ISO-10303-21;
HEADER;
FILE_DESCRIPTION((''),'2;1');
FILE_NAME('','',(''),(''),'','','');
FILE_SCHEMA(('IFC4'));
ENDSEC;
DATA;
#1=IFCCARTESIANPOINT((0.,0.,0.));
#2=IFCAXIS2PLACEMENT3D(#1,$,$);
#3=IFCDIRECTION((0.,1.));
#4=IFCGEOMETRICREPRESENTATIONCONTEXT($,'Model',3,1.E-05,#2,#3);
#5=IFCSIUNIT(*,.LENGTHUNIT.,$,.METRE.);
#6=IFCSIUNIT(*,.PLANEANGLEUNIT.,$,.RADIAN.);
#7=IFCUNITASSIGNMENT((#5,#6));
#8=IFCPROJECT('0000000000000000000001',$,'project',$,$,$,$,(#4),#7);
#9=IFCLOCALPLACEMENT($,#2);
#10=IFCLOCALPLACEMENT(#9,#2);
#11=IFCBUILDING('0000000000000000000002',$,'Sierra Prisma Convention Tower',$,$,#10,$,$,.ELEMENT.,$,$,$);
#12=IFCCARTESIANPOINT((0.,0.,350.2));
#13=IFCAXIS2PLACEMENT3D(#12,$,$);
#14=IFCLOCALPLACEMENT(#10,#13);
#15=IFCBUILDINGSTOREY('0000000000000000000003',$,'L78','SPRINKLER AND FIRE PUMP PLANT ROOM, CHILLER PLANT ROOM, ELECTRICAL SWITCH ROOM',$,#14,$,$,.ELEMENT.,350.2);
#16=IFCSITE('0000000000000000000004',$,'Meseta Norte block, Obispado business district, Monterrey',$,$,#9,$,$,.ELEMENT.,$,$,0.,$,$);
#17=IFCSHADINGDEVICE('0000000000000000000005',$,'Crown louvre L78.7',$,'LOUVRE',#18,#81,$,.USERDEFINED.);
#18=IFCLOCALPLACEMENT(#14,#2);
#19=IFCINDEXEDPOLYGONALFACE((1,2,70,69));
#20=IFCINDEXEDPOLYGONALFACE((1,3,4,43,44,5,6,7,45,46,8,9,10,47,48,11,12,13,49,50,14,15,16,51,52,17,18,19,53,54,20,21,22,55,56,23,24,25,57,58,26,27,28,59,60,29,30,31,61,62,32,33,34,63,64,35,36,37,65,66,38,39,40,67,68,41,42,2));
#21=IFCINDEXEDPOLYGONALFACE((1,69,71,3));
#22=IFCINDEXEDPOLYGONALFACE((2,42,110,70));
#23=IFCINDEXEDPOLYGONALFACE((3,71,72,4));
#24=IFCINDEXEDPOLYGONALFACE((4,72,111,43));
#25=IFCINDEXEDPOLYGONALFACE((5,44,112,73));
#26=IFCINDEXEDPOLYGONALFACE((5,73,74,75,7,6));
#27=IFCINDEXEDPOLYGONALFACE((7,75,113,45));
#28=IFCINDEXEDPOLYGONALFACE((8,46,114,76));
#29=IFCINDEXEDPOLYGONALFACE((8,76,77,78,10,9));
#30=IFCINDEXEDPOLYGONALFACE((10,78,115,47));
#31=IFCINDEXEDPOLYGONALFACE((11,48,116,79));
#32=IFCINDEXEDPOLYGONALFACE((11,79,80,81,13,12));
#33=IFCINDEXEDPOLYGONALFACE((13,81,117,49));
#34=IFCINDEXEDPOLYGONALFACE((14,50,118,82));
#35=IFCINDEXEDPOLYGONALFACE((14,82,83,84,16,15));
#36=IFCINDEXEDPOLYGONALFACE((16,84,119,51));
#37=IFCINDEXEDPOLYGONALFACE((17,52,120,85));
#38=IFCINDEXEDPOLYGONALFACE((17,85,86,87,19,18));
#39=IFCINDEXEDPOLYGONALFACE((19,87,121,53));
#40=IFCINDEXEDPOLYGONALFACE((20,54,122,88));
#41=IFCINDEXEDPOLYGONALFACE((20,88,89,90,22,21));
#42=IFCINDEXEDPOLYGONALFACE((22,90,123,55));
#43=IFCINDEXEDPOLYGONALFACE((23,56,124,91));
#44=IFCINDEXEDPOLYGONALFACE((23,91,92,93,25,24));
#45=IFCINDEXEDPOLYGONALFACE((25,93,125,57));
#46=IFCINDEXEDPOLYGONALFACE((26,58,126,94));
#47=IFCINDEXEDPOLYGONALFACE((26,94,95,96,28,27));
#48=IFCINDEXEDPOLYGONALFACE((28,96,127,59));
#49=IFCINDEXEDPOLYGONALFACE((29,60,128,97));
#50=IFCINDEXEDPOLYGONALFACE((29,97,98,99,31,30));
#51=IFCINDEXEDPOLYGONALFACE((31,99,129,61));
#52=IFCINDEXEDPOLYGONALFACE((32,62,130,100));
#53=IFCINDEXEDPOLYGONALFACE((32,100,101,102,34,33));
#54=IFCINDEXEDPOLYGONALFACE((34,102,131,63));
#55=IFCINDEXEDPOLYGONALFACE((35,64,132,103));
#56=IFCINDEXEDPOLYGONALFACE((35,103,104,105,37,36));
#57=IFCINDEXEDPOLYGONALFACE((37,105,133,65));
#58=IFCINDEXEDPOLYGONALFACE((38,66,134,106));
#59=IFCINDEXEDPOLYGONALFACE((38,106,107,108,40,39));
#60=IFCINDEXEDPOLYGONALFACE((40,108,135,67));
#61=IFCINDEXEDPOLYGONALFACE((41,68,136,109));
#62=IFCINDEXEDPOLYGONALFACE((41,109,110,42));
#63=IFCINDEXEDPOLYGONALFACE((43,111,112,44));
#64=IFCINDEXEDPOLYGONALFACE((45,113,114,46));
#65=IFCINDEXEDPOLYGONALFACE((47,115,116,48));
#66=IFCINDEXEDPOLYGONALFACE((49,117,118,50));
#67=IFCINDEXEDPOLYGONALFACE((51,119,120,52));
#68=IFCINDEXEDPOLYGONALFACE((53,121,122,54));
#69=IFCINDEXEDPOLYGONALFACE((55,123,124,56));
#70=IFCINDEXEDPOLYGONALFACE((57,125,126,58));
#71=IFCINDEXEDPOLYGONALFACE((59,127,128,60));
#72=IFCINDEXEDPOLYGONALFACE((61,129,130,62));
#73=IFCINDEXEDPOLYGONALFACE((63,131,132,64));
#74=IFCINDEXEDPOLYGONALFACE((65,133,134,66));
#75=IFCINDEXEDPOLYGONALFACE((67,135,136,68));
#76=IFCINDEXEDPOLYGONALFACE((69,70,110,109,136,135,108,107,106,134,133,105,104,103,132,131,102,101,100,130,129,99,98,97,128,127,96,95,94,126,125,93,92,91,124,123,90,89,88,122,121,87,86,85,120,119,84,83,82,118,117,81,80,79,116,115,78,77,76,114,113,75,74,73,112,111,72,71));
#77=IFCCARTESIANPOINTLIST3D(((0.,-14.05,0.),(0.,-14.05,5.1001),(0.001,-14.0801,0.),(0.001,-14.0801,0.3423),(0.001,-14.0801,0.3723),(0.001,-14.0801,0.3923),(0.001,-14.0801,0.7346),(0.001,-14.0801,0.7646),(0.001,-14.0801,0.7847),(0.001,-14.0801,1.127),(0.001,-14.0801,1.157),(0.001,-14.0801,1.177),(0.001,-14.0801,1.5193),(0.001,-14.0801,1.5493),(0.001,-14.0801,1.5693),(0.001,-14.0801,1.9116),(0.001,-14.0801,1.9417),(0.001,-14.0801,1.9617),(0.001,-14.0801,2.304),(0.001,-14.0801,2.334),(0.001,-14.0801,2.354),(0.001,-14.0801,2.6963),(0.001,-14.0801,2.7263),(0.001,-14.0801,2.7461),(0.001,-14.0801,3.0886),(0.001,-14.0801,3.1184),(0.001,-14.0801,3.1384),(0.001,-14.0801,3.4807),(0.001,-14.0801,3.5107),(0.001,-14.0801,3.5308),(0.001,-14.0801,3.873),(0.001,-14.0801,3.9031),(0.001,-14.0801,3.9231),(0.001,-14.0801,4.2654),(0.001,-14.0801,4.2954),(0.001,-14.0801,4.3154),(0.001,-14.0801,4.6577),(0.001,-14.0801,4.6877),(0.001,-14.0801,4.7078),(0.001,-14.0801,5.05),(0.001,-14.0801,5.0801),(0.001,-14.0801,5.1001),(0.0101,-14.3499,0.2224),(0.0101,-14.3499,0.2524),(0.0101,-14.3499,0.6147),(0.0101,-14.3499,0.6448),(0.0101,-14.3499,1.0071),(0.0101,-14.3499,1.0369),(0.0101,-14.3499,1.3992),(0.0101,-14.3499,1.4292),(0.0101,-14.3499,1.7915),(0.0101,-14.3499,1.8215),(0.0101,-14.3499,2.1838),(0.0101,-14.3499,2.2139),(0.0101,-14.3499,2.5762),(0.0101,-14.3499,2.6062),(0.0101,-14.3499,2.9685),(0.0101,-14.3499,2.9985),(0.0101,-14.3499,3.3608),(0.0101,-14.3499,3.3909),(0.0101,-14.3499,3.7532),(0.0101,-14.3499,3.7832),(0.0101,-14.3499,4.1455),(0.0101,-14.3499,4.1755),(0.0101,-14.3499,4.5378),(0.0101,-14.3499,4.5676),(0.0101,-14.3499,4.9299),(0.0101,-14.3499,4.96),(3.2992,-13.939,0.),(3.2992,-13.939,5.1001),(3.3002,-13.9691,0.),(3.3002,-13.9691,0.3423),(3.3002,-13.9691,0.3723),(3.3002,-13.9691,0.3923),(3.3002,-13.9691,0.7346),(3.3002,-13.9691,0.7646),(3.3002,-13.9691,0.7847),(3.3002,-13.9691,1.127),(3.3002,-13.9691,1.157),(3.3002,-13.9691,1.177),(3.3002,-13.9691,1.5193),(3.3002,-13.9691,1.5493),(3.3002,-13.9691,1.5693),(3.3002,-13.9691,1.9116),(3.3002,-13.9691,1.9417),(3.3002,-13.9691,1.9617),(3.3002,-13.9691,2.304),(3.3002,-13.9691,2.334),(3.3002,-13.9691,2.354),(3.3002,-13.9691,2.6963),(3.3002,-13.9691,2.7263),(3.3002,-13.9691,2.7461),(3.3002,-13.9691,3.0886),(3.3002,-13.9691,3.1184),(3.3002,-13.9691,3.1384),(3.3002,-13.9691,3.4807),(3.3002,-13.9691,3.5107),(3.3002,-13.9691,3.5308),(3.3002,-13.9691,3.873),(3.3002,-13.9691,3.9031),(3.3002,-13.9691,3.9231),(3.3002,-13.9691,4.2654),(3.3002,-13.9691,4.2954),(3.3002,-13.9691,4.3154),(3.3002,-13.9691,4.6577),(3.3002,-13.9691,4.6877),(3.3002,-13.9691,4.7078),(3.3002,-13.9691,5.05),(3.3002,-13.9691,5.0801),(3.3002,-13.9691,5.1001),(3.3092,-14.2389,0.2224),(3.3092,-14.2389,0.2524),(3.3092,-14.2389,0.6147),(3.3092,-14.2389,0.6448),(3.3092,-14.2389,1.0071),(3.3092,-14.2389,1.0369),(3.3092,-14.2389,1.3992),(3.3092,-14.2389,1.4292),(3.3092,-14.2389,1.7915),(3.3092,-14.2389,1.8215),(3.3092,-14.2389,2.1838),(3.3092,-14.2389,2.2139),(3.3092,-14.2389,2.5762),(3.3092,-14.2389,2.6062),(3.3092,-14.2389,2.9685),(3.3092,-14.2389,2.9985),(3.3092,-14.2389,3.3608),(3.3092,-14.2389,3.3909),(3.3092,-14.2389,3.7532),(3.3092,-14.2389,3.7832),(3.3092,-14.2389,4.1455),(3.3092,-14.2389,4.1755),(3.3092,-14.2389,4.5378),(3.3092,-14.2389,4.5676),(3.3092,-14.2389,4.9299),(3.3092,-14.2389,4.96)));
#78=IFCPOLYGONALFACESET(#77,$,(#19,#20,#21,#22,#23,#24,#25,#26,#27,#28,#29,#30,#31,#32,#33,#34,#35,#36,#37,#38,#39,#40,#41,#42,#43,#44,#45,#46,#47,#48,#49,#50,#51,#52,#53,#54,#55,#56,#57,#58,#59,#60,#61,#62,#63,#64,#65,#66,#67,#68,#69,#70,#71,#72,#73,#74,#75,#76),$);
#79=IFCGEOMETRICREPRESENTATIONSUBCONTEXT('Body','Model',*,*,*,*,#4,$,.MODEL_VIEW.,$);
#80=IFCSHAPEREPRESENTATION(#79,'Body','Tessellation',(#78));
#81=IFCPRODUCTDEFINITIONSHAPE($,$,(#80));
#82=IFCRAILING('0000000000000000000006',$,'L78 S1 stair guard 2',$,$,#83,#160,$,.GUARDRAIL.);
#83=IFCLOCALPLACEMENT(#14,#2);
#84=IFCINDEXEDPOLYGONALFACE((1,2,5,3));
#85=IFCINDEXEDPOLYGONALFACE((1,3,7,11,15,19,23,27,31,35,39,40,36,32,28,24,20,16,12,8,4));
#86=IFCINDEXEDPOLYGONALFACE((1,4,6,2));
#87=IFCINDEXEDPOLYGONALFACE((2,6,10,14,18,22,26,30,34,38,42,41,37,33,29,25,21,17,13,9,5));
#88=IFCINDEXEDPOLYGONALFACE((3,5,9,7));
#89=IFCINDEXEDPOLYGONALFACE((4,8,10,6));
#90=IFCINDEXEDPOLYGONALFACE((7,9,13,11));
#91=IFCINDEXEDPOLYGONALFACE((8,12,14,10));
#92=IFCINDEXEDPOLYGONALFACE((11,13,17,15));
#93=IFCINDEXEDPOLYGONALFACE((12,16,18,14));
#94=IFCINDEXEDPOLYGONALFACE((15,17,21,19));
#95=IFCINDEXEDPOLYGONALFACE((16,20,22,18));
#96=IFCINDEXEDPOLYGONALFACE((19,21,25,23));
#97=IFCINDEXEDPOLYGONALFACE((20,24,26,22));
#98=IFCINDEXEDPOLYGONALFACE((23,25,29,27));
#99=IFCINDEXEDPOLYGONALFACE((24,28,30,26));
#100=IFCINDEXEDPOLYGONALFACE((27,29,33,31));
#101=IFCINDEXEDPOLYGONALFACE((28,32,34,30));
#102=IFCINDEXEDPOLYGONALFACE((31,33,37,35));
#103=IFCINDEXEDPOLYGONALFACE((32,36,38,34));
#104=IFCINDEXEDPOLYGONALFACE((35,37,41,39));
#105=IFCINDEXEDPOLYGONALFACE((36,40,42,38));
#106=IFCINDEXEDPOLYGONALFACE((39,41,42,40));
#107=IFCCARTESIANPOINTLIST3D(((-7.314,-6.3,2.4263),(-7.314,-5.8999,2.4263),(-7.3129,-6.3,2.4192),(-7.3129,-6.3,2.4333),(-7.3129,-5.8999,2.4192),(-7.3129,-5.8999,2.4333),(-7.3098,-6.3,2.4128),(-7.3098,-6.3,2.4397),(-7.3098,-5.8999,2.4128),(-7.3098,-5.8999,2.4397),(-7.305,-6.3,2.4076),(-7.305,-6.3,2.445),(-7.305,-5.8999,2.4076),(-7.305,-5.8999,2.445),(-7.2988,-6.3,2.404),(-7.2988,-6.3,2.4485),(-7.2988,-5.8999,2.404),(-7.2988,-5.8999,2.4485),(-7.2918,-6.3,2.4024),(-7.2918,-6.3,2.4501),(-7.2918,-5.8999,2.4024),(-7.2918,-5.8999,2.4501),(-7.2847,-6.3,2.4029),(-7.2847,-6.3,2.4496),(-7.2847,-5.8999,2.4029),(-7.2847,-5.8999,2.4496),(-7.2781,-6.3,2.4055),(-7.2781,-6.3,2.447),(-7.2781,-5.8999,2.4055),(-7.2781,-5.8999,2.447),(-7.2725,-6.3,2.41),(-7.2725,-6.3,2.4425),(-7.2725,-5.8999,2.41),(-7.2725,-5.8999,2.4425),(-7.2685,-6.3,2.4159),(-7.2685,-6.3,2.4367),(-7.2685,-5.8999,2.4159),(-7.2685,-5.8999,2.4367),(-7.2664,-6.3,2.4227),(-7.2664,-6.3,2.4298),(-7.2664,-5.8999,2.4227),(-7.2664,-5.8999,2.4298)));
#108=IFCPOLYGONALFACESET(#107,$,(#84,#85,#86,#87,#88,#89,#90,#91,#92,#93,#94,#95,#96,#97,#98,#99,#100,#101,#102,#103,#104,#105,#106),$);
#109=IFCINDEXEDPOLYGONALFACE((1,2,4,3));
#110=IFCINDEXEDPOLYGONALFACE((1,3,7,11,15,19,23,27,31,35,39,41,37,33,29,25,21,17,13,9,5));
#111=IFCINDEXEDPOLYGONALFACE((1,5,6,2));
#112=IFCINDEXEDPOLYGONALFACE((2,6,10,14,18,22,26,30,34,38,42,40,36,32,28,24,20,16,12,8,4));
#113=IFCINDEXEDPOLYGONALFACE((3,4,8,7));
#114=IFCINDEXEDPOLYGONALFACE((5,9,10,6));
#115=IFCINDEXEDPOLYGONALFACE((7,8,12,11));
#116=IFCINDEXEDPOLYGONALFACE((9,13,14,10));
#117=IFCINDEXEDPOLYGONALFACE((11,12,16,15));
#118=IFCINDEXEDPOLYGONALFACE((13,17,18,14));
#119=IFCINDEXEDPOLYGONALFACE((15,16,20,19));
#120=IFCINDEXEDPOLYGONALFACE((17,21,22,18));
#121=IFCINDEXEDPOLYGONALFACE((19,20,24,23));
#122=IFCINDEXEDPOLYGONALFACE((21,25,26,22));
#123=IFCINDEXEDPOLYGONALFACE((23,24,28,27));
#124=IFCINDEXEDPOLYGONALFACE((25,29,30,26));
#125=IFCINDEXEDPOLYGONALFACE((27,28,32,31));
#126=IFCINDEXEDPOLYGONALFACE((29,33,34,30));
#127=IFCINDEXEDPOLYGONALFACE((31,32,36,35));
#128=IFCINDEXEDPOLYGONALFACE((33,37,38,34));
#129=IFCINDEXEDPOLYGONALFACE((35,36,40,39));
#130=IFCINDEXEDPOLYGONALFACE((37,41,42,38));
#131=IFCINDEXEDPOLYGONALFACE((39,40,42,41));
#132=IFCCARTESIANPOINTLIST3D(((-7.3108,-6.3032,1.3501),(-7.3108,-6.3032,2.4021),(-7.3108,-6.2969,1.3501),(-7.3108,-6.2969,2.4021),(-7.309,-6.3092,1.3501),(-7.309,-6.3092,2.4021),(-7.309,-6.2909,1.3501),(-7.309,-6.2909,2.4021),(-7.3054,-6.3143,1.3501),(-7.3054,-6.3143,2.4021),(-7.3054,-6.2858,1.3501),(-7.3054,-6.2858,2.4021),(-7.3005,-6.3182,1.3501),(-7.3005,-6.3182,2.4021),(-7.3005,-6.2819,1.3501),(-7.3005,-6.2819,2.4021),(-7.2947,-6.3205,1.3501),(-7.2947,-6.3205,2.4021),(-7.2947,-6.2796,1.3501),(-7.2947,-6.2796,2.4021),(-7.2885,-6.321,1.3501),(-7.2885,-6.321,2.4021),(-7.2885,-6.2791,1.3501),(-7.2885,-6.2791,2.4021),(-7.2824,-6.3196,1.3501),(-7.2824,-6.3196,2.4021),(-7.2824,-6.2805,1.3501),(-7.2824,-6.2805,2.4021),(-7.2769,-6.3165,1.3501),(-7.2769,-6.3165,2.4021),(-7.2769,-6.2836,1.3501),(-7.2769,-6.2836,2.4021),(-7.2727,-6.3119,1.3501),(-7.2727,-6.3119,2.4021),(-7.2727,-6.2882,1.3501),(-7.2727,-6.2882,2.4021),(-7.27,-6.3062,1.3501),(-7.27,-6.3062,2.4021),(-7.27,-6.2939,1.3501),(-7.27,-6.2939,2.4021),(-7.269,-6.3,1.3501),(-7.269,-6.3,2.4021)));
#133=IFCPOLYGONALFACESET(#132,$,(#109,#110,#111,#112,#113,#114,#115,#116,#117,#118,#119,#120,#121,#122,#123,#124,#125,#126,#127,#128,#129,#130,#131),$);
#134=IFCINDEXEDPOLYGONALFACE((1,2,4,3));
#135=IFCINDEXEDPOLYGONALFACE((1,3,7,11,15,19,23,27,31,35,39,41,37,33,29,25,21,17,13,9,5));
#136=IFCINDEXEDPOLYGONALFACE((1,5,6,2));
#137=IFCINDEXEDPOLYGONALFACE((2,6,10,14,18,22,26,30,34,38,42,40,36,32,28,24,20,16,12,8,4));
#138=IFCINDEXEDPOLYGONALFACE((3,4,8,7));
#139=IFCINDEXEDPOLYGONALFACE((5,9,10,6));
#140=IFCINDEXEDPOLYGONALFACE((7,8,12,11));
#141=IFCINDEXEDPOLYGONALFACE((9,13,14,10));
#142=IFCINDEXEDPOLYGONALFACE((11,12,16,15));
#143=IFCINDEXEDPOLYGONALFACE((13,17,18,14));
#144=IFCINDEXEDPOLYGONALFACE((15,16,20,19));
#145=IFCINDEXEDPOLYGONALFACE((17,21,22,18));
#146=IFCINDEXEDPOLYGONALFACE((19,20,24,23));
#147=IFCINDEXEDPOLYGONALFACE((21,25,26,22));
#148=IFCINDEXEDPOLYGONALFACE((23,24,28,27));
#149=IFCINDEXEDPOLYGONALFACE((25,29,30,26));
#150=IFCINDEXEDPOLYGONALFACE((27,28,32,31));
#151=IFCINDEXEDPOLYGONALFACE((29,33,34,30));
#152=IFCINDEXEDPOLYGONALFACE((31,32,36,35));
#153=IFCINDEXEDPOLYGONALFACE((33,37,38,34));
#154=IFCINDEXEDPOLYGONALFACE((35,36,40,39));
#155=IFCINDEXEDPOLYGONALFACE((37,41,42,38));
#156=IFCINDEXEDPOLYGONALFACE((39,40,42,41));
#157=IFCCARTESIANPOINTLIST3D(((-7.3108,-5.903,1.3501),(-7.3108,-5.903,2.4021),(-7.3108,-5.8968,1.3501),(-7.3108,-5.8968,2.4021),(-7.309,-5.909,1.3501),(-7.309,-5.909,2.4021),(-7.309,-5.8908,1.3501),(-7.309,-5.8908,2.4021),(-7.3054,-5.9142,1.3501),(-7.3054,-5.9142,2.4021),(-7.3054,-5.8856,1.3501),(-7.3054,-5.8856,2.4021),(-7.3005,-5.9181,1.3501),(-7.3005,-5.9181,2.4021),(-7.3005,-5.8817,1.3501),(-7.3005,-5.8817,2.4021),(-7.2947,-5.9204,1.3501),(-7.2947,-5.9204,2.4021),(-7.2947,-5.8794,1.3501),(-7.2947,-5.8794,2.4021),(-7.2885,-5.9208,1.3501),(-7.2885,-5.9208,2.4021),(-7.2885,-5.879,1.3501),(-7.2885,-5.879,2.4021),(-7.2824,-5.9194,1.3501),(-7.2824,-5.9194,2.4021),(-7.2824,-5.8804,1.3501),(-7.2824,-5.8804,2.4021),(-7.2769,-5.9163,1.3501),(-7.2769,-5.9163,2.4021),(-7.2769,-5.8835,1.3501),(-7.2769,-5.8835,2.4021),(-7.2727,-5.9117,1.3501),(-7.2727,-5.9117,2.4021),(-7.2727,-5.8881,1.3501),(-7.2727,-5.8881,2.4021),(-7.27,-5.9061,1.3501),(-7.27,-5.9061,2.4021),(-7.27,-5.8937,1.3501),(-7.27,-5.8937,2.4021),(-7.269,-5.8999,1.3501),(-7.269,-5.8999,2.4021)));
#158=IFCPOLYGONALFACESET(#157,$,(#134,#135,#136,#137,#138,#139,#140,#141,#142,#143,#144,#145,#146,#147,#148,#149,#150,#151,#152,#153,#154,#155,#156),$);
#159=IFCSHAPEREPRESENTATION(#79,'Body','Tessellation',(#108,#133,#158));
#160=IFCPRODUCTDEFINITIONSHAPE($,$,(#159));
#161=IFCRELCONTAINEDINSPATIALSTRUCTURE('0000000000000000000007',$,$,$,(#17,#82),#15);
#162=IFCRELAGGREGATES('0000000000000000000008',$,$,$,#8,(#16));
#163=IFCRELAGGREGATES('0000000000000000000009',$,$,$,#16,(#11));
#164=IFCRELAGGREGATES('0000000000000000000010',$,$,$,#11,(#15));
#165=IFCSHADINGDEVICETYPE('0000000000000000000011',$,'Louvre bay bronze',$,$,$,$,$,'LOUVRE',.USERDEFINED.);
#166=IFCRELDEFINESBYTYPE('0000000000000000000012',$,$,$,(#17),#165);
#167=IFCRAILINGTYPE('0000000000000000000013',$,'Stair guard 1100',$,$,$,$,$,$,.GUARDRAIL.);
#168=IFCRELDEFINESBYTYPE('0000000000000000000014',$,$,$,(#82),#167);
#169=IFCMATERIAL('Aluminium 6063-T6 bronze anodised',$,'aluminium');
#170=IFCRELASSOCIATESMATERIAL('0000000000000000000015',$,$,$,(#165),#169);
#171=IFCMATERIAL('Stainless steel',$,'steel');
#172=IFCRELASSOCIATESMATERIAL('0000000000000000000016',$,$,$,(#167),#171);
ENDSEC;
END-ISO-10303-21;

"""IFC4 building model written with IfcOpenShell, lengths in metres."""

from ifc_helpers import new_model, si_unit, direction, frame, origin, origin_2d, place, context, subcontext, project, spatial, polyline, circle, outline, extrude, material, type_object, element, save


model = new_model("IFC4")

# Units and contexts
model_context = context("Model", 3, precision=1e-05, world=origin(), true_north=direction((0.0, 1.0)))
body_context = subcontext(model_context, "Body", "Model", "MODEL_VIEW")
ifc_project = project(units=[si_unit("LENGTHUNIT", "METRE"), si_unit("PLANEANGLEUNIT", "RADIAN")], contexts=[model_context])

# Site, building, storey
site_placement = place(None, origin())
site = spatial("IfcSite", under=ifc_project, at=site_placement, Name="Meseta Norte block, Obispado business district, Monterrey", CompositionType="ELEMENT", RefElevation=0.0)
building_placement = place(site_placement, origin())
building = spatial("IfcBuilding", under=site, at=building_placement, Name="Sierra Prisma Convention Tower", CompositionType="ELEMENT")
storey_placement = place(building_placement, frame((0.0, 0.0, 350.2)))
storey = spatial("IfcBuildingStorey", under=building, at=storey_placement, Name="L78", Description="SPRINKLER AND FIRE PUMP PLANT ROOM, CHILLER PLANT ROOM, ELECTRICAL SWITCH ROOM", CompositionType="ELEMENT", Elevation=350.2)

# Shading device
ifc_material_1 = material(Name="Aluminium 6063-T6 bronze anodised", Category="aluminium")
shading_device_type = type_object("IfcShadingDeviceType", Name="Louvre bay bronze", ElementType="LOUVRE", PredefinedType="USERDEFINED", material=ifc_material_1)
shading_device_placement = place(storey_placement, frame((0.0, -14.05, 0.0), z_axis=(-0.999434, -0.033631, 0.0), x_axis=(0.0, 0.0, 1.0)))
element("IfcShadingDevice", 1, at=shading_device_placement, inside=storey, type_object=shading_device_type, Name="Crown louvre L78.7", ObjectType="LOUVRE", PredefinedType="USERDEFINED", context=body_context, shape_type="SweptSolid", body=[
    extrude(outline(polyline([(0.0, 0.0), (5.1001, 0.0), (5.1001, -0.03), (5.0801, -0.03), (4.96, -0.3), (4.9299, -0.3), (5.05, -0.03), (4.7078, -0.03), (4.6877, -0.03), (4.5676, -0.3), (4.5378, -0.3), (4.6577, -0.03), (4.3154, -0.03), (4.2954, -0.03), (4.1755, -0.3), (4.1455, -0.3), (4.2654, -0.03), (3.9231, -0.03), (3.9031, -0.03), (3.7832, -0.3), (3.7532, -0.3), (3.873, -0.03), (3.5308, -0.03), (3.5107, -0.03), (3.3909, -0.3), (3.3608, -0.3), (3.4807, -0.03), (3.1384, -0.03), (3.1184, -0.03), (2.9985, -0.3), (2.9685, -0.3), (3.0886, -0.03), (2.7461, -0.03), (2.7263, -0.03), (2.6062, -0.3), (2.5762, -0.3), (2.6963, -0.03), (2.354, -0.03), (2.334, -0.03), (2.2139, -0.3), (2.1838, -0.3), (2.304, -0.03), (1.9617, -0.03), (1.9417, -0.03), (1.8215, -0.3), (1.7915, -0.3), (1.9116, -0.03), (1.5693, -0.03), (1.5493, -0.03), (1.4292, -0.3), (1.3992, -0.3), (1.5193, -0.03), (1.177, -0.03), (1.157, -0.03), (1.0369, -0.3), (1.0071, -0.3), (1.127, -0.03), (0.7847, -0.03), (0.7646, -0.03), (0.6448, -0.3), (0.6147, -0.3), (0.7346, -0.03), (0.3923, -0.03), (0.3723, -0.03), (0.2524, -0.3), (0.2224, -0.3), (0.3423, -0.03), (0.0, -0.03), (0.0, 0.0)])), origin(), (0.0, 0.0, -1.0), 3.301),
])

# Railing
ifc_material_2 = material(Name="Stainless steel", Category="steel")
railing_type_1 = type_object("IfcRailingType", Name="Stair guard 1100", PredefinedType="GUARDRAIL", material=ifc_material_2)
railing_1_placement = place(storey_placement, frame((-7.29, -6.3, 1.3501)))
element("IfcRailing", 2, at=railing_1_placement, inside=storey, type_object=railing_type_1, Name="L78 S1 stair guard 2", PredefinedType="GUARDRAIL", context=body_context, shape_type="SweptSolid", body=[
    extrude(circle(Radius=0.0239, at=origin_2d()), frame((0.0, 0.0, 1.0762), z_axis=(0.0, 1.0, 0.0), x_axis=(-1.0, 0.0, 0.0)), (0.0, 0.0, 1.0), 0.4001),
    extrude(circle(Radius=0.021, at=origin_2d()), origin(), (0.0, 0.0, 1.0), 1.052),
    extrude(circle(Radius=0.021, at=origin_2d()), frame((0.0, 0.4001, 0.0)), (0.0, 0.0, 1.0), 1.052),
])

save(model, "model.ifc")
